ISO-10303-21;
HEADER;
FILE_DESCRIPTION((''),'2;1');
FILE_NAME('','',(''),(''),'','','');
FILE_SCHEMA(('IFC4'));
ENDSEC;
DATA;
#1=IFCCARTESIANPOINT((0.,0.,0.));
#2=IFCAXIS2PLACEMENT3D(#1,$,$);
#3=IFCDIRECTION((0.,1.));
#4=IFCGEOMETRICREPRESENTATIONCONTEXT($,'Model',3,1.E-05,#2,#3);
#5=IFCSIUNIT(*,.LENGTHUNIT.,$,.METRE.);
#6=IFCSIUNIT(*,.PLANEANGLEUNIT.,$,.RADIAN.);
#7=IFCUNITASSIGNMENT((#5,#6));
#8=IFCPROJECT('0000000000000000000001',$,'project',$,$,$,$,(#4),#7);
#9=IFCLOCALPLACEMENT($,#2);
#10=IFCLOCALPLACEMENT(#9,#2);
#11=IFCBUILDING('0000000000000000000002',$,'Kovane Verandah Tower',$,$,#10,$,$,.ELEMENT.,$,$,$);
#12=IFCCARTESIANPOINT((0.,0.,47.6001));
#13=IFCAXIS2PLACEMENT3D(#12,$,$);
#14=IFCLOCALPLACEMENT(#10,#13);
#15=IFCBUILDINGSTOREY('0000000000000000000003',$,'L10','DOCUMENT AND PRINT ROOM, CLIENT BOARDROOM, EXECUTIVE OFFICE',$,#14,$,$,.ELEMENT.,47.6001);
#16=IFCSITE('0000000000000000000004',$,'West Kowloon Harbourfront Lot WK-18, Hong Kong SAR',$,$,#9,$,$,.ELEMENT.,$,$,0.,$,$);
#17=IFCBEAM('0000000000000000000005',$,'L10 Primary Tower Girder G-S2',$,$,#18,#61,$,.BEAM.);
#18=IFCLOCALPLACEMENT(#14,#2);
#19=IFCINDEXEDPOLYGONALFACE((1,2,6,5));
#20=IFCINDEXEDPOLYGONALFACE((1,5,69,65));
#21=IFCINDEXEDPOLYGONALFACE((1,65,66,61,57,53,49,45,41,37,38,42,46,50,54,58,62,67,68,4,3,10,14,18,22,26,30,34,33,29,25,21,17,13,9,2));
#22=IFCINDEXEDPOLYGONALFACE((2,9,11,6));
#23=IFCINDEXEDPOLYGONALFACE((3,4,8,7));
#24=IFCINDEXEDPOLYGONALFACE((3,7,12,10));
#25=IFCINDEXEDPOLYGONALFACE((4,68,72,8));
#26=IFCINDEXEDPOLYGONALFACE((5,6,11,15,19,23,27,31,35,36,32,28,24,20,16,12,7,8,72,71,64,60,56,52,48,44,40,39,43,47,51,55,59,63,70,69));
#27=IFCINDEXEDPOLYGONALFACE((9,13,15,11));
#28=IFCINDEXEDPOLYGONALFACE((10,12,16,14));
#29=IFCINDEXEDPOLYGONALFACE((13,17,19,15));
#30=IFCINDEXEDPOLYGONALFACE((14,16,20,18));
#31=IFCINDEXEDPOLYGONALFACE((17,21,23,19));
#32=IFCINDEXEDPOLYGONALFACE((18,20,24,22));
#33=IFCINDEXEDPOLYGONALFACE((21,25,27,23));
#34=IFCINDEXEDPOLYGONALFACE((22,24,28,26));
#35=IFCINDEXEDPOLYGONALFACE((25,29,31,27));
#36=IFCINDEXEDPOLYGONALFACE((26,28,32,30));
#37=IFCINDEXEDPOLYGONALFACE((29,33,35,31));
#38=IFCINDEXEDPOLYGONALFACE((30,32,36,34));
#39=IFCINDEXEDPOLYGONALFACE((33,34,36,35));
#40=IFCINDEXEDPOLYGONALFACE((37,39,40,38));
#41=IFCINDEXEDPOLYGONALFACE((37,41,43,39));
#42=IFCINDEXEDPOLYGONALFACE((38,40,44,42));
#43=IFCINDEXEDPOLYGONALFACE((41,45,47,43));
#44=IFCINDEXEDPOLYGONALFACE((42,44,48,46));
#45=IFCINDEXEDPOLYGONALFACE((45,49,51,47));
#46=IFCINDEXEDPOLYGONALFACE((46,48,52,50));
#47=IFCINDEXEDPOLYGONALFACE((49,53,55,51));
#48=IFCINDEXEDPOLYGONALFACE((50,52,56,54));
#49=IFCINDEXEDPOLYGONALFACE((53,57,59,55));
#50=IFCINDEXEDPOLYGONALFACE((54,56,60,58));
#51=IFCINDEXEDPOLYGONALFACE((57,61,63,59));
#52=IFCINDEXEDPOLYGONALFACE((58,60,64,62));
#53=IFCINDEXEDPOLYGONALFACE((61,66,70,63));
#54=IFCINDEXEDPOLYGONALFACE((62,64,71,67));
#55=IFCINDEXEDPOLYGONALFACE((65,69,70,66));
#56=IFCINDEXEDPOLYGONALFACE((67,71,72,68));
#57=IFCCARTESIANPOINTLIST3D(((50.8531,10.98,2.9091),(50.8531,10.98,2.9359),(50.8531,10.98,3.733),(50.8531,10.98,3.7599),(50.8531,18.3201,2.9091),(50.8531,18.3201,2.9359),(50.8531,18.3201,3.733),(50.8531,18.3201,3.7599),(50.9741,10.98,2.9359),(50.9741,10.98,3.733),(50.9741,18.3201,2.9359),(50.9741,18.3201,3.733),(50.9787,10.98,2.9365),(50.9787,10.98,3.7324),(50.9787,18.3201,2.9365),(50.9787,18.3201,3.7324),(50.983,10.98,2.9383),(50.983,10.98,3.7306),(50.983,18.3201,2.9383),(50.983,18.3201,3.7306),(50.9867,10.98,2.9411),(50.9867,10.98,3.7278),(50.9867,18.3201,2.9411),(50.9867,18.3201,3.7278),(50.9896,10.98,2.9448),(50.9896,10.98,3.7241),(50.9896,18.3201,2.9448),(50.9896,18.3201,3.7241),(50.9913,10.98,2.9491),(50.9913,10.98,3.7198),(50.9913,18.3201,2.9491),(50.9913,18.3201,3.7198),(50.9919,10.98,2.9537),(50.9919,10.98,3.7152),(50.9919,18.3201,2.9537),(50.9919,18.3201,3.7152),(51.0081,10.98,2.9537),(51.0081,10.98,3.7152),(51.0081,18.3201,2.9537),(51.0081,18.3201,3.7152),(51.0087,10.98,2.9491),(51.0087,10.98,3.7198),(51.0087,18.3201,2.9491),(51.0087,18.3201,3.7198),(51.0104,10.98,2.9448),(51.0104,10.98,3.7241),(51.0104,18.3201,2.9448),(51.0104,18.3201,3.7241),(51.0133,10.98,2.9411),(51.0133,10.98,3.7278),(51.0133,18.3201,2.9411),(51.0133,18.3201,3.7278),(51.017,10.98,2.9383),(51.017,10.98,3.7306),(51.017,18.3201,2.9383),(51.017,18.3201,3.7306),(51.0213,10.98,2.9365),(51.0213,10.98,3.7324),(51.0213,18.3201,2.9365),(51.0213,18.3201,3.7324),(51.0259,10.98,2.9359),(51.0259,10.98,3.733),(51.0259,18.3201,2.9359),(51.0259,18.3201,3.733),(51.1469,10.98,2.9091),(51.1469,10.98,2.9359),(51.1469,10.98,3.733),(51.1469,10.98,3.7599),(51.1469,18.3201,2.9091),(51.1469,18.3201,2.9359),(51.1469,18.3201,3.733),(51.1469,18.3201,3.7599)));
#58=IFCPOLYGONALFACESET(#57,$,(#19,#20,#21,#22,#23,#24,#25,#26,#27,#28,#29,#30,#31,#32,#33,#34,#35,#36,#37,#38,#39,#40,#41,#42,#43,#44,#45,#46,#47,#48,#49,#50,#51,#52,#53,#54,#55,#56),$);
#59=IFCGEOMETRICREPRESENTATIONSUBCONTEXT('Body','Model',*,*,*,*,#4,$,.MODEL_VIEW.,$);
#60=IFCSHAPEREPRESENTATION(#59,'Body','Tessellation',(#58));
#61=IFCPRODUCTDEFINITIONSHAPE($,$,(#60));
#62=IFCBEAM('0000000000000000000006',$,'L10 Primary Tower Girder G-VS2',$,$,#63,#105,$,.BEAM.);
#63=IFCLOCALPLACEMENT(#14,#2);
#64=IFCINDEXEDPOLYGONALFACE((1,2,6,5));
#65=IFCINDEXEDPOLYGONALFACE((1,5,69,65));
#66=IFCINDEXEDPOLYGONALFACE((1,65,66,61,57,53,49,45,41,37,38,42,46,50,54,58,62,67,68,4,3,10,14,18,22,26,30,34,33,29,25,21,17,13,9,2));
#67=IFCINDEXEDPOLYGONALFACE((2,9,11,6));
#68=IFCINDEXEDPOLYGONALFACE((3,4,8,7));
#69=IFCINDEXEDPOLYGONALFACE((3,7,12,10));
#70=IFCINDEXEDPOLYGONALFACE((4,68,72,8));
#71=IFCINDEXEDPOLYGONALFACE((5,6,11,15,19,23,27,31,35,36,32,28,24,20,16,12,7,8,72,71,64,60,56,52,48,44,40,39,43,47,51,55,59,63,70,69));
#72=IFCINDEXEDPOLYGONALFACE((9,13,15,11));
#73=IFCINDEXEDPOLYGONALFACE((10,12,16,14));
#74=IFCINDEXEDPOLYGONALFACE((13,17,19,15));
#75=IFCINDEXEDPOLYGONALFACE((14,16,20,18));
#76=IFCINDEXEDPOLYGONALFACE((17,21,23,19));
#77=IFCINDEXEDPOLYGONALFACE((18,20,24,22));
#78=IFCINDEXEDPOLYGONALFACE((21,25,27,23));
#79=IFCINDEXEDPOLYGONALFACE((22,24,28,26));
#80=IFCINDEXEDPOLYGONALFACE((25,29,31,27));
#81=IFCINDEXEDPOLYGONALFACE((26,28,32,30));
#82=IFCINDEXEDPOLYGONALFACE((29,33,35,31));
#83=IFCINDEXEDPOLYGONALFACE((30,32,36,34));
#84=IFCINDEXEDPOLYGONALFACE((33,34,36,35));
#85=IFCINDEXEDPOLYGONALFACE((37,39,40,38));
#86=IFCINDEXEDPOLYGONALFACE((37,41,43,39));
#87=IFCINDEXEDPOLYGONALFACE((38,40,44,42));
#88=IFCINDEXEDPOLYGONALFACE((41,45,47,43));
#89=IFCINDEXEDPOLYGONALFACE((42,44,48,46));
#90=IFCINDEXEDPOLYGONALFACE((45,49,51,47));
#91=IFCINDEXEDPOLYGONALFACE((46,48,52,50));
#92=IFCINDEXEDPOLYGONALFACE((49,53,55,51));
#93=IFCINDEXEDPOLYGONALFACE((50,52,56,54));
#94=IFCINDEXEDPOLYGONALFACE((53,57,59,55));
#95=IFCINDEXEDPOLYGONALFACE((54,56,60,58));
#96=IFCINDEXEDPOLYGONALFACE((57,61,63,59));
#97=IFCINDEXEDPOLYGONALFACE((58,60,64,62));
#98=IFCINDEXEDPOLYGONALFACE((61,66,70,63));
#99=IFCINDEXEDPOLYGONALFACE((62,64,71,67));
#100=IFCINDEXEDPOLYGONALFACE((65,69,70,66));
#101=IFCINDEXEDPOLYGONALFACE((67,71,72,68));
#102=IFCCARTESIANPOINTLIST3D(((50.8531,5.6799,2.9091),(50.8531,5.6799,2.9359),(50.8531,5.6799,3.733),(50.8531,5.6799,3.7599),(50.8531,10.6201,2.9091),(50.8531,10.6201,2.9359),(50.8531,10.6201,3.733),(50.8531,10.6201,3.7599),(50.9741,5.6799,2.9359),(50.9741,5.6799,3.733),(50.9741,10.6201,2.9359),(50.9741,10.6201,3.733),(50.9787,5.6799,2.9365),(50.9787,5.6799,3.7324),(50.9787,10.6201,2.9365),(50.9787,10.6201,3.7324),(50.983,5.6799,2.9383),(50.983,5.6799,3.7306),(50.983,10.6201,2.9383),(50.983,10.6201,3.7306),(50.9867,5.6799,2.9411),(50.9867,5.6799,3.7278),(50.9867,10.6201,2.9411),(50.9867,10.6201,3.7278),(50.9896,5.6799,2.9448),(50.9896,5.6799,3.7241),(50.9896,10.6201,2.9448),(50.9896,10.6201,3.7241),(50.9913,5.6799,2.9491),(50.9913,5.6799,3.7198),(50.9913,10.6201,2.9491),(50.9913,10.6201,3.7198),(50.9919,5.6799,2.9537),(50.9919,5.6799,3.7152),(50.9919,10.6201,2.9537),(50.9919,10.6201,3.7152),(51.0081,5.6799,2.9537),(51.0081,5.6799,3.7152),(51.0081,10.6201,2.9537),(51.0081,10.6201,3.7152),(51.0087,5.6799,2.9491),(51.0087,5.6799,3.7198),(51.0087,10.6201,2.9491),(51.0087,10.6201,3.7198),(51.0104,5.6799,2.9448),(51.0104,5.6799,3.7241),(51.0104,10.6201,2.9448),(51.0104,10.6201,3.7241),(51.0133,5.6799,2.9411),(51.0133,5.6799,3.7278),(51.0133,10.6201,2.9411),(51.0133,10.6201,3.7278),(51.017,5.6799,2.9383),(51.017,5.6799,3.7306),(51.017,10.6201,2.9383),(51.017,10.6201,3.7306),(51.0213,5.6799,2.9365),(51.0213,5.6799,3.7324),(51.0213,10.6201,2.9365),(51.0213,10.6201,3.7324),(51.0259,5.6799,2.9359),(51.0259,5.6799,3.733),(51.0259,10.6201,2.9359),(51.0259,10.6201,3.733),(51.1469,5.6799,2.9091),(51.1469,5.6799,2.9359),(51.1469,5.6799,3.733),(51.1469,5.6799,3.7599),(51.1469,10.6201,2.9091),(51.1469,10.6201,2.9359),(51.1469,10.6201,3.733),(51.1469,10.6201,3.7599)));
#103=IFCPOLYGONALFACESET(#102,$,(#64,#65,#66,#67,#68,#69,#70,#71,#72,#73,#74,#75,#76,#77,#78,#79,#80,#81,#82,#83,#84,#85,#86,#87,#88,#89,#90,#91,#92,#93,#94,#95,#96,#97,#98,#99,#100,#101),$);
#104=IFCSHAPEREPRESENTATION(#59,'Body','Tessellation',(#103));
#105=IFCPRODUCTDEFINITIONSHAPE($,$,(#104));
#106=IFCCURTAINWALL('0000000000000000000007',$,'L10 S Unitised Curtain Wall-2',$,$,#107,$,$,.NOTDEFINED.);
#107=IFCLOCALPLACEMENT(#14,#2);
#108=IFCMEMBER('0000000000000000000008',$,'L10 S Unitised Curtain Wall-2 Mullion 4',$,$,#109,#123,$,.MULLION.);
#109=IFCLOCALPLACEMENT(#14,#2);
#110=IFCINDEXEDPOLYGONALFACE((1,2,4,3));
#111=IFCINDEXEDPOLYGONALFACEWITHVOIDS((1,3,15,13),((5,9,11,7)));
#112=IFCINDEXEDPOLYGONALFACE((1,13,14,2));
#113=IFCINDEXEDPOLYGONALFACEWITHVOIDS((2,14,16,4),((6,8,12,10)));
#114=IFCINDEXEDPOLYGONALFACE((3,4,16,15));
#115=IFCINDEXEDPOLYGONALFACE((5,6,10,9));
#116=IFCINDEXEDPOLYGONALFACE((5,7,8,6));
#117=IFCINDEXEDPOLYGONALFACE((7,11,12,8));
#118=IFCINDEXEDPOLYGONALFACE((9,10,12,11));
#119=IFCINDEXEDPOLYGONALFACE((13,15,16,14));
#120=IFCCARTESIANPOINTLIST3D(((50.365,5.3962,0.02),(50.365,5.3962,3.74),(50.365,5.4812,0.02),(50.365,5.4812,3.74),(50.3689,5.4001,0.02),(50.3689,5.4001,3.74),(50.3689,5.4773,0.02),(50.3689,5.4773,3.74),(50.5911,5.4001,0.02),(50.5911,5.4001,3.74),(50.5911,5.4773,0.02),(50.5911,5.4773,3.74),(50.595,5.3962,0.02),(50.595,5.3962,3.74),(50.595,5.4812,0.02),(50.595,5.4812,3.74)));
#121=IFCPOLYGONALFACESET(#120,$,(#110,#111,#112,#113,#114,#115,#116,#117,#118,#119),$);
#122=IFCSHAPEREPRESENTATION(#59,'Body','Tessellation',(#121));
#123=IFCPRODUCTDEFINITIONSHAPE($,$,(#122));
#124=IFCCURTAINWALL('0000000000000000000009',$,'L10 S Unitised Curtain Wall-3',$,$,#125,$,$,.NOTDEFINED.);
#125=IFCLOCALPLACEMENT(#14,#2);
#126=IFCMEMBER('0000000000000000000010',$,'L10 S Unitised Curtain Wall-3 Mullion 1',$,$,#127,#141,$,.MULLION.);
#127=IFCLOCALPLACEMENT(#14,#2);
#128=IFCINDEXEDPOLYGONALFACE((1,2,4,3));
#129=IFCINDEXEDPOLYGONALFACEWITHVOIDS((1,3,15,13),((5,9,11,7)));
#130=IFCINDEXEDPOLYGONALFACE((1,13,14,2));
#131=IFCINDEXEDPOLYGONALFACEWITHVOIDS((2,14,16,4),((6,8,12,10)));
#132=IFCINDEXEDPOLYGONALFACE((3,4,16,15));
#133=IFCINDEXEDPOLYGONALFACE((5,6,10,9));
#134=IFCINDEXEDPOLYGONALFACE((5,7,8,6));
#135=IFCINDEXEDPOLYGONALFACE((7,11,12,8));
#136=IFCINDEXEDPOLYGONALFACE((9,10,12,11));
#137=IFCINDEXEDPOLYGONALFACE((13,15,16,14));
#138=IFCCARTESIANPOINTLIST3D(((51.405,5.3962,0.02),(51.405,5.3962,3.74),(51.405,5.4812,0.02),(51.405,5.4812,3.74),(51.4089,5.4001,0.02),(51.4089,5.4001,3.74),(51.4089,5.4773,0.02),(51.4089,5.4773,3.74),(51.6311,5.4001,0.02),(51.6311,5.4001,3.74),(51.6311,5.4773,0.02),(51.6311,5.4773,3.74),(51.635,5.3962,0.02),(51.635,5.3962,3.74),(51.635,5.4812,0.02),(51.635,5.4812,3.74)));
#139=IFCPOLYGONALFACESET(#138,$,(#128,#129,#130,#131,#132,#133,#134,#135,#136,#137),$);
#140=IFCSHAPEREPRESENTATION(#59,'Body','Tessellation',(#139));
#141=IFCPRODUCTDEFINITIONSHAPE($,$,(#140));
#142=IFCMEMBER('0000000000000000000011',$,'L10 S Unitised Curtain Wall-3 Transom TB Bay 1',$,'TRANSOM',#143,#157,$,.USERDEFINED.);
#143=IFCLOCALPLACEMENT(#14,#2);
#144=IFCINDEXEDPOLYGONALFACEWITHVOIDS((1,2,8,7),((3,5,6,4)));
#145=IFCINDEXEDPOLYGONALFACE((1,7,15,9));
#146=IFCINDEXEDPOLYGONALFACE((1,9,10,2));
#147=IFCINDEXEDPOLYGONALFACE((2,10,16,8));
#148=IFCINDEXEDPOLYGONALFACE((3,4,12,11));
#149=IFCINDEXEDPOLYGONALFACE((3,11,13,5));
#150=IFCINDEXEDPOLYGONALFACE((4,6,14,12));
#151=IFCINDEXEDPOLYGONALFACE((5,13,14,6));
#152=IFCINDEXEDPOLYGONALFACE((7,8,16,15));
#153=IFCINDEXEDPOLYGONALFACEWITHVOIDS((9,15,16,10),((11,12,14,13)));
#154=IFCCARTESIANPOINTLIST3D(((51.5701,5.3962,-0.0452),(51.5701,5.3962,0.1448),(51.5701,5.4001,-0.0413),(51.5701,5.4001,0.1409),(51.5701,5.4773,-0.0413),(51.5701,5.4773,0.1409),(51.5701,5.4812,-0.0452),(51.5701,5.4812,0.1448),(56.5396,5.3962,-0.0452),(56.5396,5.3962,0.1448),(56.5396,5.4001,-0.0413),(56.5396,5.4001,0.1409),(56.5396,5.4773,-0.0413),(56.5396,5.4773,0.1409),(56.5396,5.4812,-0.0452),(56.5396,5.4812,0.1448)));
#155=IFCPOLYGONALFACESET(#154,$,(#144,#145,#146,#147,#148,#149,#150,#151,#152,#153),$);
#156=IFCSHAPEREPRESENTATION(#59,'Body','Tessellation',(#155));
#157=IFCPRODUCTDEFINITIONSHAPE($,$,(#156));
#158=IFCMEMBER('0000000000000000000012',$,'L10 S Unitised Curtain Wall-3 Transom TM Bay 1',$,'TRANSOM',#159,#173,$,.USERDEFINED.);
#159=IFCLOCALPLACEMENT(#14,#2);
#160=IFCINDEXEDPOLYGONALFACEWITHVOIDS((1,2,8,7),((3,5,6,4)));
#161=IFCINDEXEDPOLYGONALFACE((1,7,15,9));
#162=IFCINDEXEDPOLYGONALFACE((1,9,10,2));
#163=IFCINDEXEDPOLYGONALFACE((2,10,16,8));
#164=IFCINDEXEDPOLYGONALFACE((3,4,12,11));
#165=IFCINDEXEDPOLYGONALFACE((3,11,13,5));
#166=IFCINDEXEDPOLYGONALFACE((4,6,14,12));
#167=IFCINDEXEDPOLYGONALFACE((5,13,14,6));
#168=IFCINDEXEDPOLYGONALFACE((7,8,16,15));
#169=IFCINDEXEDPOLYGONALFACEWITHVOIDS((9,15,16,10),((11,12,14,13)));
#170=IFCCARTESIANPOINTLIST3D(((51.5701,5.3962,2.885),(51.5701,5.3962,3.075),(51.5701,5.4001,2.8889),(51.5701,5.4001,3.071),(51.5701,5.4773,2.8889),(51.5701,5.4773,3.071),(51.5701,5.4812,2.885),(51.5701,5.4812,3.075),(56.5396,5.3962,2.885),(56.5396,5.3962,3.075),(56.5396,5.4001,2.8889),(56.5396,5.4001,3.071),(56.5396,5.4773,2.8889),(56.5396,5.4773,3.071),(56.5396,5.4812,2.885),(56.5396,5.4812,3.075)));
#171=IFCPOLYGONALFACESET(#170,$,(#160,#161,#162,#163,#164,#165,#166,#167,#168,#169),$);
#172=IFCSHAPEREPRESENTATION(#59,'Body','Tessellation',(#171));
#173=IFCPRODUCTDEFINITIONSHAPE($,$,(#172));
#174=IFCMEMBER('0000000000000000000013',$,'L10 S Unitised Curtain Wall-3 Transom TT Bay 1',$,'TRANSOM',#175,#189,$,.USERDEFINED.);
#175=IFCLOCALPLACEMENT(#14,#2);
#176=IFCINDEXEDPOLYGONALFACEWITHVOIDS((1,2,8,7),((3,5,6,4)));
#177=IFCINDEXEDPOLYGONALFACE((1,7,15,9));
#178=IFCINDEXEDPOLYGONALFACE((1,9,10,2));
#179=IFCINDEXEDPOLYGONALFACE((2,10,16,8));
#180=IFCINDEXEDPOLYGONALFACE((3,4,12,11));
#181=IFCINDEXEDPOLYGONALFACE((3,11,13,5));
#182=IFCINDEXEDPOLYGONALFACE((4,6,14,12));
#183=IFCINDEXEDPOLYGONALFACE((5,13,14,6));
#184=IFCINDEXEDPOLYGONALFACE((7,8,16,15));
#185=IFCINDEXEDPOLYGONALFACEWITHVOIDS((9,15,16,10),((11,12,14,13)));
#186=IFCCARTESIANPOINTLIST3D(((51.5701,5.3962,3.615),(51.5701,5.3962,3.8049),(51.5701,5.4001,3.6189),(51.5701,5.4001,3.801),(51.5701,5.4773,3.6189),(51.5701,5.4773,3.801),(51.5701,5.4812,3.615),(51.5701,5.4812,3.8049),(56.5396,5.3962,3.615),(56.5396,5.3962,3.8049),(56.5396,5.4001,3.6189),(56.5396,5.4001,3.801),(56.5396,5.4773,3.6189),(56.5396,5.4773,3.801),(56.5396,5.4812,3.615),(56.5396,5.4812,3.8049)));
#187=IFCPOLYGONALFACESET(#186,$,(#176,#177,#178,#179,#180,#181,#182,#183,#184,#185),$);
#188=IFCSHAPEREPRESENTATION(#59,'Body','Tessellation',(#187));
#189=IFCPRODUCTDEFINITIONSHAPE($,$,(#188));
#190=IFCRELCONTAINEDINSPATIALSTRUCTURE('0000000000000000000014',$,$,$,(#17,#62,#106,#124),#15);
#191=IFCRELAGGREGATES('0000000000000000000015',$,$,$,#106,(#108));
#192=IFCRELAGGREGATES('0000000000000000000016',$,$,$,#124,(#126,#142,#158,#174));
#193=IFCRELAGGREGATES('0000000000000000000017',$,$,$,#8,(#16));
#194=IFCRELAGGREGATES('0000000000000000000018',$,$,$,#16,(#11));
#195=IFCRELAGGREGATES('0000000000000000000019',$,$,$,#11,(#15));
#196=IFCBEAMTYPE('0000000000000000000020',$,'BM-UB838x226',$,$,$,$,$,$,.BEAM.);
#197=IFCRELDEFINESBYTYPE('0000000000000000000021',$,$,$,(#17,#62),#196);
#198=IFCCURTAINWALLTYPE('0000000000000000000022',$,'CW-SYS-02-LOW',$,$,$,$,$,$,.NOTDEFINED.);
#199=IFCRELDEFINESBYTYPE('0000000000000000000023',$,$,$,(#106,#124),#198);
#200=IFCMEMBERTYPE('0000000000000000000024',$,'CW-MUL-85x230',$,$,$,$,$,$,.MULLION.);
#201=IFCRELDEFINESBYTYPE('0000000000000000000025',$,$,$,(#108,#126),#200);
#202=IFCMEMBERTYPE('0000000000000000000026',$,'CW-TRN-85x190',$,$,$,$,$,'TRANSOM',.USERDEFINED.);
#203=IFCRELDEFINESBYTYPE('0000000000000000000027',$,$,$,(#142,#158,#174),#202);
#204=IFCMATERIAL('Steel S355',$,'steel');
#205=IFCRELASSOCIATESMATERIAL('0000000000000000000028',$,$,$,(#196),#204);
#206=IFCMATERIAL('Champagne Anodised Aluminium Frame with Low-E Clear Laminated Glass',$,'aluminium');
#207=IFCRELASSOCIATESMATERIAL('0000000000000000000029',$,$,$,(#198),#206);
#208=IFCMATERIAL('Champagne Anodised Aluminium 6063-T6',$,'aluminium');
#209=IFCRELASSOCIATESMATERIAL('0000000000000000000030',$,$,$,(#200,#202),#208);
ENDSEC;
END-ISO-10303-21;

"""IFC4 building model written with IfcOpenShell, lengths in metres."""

from ifc_helpers import new_model, si_unit, direction, frame, origin, origin_2d, place, context, subcontext, project, spatial, hollow_rectangle, i_section, extrude, material, material_profile, profile_set, type_object, element, aggregate, save


model = new_model("IFC4")

# Units and contexts
model_context = context("Model", 3, precision=1e-05, world=origin(), true_north=direction((0.0, 1.0)))
body_context = subcontext(model_context, "Body", "Model", "MODEL_VIEW")
ifc_project = project(units=[si_unit("LENGTHUNIT", "METRE"), si_unit("PLANEANGLEUNIT", "RADIAN")], contexts=[model_context])

# Site, building, storey
site_placement = place(None, origin())
site = spatial("IfcSite", under=ifc_project, at=site_placement, Name="West Kowloon Harbourfront Lot WK-18, Hong Kong SAR", CompositionType="ELEMENT", RefElevation=0.0)
building_placement = place(site_placement, origin())
building = spatial("IfcBuilding", under=site, at=building_placement, Name="Kovane Verandah Tower", CompositionType="ELEMENT")
storey_placement = place(building_placement, frame((0.0, 0.0, 47.6001)))
storey = spatial("IfcBuildingStorey", under=building, at=storey_placement, Name="L10", Description="DOCUMENT AND PRINT ROOM, CLIENT BOARDROOM, EXECUTIVE OFFICE", CompositionType="ELEMENT", Elevation=47.6001)

# Beams
ifc_material_1 = material(Name="Steel S355", Category="steel")
ifc_material_profile_1 = material_profile(ifc_material_1, i_section(OverallWidth=0.2937, OverallDepth=0.8508, WebThickness=0.0161, FlangeThickness=0.0269, FilletRadius=0.0178, at=origin_2d()), Name="UB838x292x226")
ifc_profile_set_1 = profile_set([ifc_material_profile_1], Name="Steel S355")
beam_type_1 = type_object("IfcBeamType", Name="BM-UB838x226", PredefinedType="BEAM", material=ifc_profile_set_1)
beam_1_placement = place(storey_placement, frame((51.0, 18.3201, 3.3345), z_axis=(0.0, -1.0, 0.0), x_axis=(1.0, 0.0, 0.0)))
element("IfcBeam", 1, at=beam_1_placement, inside=storey, type_object=beam_type_1, Name="L10 Primary Tower Girder G-S2", PredefinedType="BEAM", context=body_context, shape_type="SweptSolid", body=[
    extrude(i_section(OverallWidth=0.2937, OverallDepth=0.8508, WebThickness=0.0161, FlangeThickness=0.0269, FilletRadius=0.0178, at=origin_2d()), origin(), (0.0, 0.0, 1.0), 7.3401),
])
beam_2_placement = place(storey_placement, frame((51.0, 10.6201, 3.3345), z_axis=(0.0, -1.0, 0.0), x_axis=(1.0, 0.0, 0.0)))
element("IfcBeam", 2, at=beam_2_placement, inside=storey, type_object=beam_type_1, Name="L10 Primary Tower Girder G-VS2", PredefinedType="BEAM", context=body_context, shape_type="SweptSolid", body=[
    extrude(i_section(OverallWidth=0.2937, OverallDepth=0.8508, WebThickness=0.0161, FlangeThickness=0.0269, FilletRadius=0.0178, at=origin_2d()), origin(), (0.0, 0.0, 1.0), 4.9402),
])

# Curtain wall, member
ifc_material_2 = material(Name="Champagne Anodised Aluminium Frame with Low-E Clear Laminated Glass", Category="aluminium")
curtain_wall_type = type_object("IfcCurtainWallType", Name="CW-SYS-02-LOW", PredefinedType="NOTDEFINED", material=ifc_material_2)
curtain_wall_1_placement = place(storey_placement, origin())
curtain_wall_1 = element("IfcCurtainWall", 3, at=curtain_wall_1_placement, inside=storey, type_object=curtain_wall_type, Name="L10 S Unitised Curtain Wall-2", PredefinedType="NOTDEFINED")
ifc_material_3 = material(Name="Champagne Anodised Aluminium 6063-T6", Category="aluminium")
ifc_material_profile_2 = material_profile(ifc_material_3, hollow_rectangle(XDim=0.085, YDim=0.23, WallThickness=0.0039, at=origin_2d()), Name="AL85x230x4")
ifc_profile_set_2 = profile_set([ifc_material_profile_2], Name="Champagne Anodised Aluminium 6063-T6")
member_type_1 = type_object("IfcMemberType", Name="CW-MUL-85x230", PredefinedType="MULLION", material=ifc_profile_set_2)
member_1_placement = place(storey_placement, frame((50.48, 5.4387, 0.02), z_axis=(0.0, 0.0, 1.0), x_axis=(0.0, -1.0, 0.0)))
member_1 = element("IfcMember", 4, at=member_1_placement, type_object=member_type_1, Name="L10 S Unitised Curtain Wall-2 Mullion 4", PredefinedType="MULLION", context=body_context, shape_type="SweptSolid", body=[
    extrude(hollow_rectangle(XDim=0.085, YDim=0.23, WallThickness=0.0039, at=origin_2d()), origin(), (0.0, 0.0, 1.0), 3.72),
])
aggregate(curtain_wall_1, [member_1])

# Curtain wall, members
curtain_wall_2_placement = place(storey_placement, origin())
curtain_wall_2 = element("IfcCurtainWall", 5, at=curtain_wall_2_placement, inside=storey, type_object=curtain_wall_type, Name="L10 S Unitised Curtain Wall-3", PredefinedType="NOTDEFINED")
member_2_placement = place(storey_placement, frame((51.52, 5.4387, 0.02), z_axis=(0.0, 0.0, 1.0), x_axis=(0.0, -1.0, 0.0)))
member_2 = element("IfcMember", 6, at=member_2_placement, type_object=member_type_1, Name="L10 S Unitised Curtain Wall-3 Mullion 1", PredefinedType="MULLION", context=body_context, shape_type="SweptSolid", body=[
    extrude(hollow_rectangle(XDim=0.085, YDim=0.23, WallThickness=0.0039, at=origin_2d()), origin(), (0.0, 0.0, 1.0), 3.72),
])
ifc_material_profile_3 = material_profile(ifc_material_3, hollow_rectangle(XDim=0.085, YDim=0.1899, WallThickness=0.0039, at=origin_2d()), Name="AL85x190x4")
ifc_profile_set_3 = profile_set([ifc_material_profile_3], Name="Champagne Anodised Aluminium 6063-T6")
member_type_2 = type_object("IfcMemberType", Name="CW-TRN-85x190", ElementType="TRANSOM", PredefinedType="USERDEFINED", material=ifc_profile_set_3)
member_3_placement = place(storey_placement, frame((51.5701, 5.4387, 0.0498), z_axis=(1.0, 0.0, 0.0), x_axis=(0.0, 1.0, 0.0)))
member_3 = element("IfcMember", 7, at=member_3_placement, type_object=member_type_2, Name="L10 S Unitised Curtain Wall-3 Transom TB Bay 1", ObjectType="TRANSOM", PredefinedType="USERDEFINED", context=body_context, shape_type="SweptSolid", body=[
    extrude(hollow_rectangle(XDim=0.085, YDim=0.1899, WallThickness=0.0039, at=origin_2d()), origin(), (0.0, 0.0, 1.0), 4.9695),
])
member_4_placement = place(storey_placement, frame((51.5701, 5.4387, 2.98), z_axis=(1.0, 0.0, 0.0), x_axis=(0.0, 1.0, 0.0)))
member_4 = element("IfcMember", 8, at=member_4_placement, type_object=member_type_2, Name="L10 S Unitised Curtain Wall-3 Transom TM Bay 1", ObjectType="TRANSOM", PredefinedType="USERDEFINED", context=body_context, shape_type="SweptSolid", body=[
    extrude(hollow_rectangle(XDim=0.085, YDim=0.1899, WallThickness=0.0039, at=origin_2d()), origin(), (0.0, 0.0, 1.0), 4.9695),
])
member_5_placement = place(storey_placement, frame((51.5701, 5.4387, 3.71), z_axis=(1.0, 0.0, 0.0), x_axis=(0.0, 1.0, 0.0)))
member_5 = element("IfcMember", 9, at=member_5_placement, type_object=member_type_2, Name="L10 S Unitised Curtain Wall-3 Transom TT Bay 1", ObjectType="TRANSOM", PredefinedType="USERDEFINED", context=body_context, shape_type="SweptSolid", body=[
    extrude(hollow_rectangle(XDim=0.085, YDim=0.1899, WallThickness=0.0039, at=origin_2d()), origin(), (0.0, 0.0, 1.0), 4.9695),
])
aggregate(curtain_wall_2, [member_2, member_3, member_4, member_5])

save(model, "model.ifc")
